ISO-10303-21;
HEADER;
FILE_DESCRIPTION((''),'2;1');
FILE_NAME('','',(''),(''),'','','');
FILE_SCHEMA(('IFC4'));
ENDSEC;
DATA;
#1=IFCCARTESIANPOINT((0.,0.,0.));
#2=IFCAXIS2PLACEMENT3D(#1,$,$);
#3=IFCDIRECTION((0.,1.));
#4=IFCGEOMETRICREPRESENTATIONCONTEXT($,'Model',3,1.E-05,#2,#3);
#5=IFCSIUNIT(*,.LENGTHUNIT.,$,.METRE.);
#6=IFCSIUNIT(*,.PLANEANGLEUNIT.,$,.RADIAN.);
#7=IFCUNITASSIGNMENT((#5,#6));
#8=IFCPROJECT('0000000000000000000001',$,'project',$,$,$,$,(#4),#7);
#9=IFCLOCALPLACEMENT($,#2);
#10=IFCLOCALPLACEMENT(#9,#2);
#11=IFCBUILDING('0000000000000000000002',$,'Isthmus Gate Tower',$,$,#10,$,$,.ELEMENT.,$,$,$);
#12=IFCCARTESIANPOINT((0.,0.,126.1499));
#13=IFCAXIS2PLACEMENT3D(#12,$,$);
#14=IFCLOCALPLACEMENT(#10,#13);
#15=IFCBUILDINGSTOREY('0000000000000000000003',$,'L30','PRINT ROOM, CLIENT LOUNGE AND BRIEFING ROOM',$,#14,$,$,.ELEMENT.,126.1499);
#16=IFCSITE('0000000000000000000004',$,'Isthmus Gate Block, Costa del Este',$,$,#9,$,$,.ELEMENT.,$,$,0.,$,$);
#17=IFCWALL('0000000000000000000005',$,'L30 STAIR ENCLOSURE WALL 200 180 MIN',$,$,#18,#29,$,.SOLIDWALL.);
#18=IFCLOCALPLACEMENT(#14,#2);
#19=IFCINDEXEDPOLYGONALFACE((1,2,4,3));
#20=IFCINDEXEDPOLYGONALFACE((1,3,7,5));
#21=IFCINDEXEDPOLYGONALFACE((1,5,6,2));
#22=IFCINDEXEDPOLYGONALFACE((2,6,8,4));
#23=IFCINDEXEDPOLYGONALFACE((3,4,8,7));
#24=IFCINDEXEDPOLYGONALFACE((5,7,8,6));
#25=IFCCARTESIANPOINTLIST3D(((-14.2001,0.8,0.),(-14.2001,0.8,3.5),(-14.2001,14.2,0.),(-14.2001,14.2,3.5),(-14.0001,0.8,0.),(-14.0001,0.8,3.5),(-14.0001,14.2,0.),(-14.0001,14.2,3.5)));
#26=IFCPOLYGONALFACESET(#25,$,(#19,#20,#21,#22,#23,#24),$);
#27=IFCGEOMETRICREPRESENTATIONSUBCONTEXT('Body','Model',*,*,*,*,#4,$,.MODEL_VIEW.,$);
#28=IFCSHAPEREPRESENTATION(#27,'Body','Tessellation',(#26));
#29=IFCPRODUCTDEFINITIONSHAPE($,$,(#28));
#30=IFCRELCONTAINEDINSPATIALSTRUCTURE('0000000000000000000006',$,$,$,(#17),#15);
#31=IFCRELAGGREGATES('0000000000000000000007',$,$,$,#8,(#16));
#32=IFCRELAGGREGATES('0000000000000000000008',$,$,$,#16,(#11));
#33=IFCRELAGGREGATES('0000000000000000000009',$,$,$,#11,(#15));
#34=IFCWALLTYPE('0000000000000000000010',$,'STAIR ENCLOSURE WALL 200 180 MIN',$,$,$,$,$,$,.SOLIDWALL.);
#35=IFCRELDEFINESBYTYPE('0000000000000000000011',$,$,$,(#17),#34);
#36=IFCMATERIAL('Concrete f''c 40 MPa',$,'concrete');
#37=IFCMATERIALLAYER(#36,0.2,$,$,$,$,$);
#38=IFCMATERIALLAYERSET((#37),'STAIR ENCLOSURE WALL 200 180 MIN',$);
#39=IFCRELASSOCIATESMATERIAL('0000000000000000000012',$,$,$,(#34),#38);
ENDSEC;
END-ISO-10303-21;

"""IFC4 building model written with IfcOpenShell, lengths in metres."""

from ifc_helpers import new_model, si_unit, direction, frame, frame_2d, origin, place, context, subcontext, project, spatial, rectangle, extrude, material, layer, layer_set, type_object, element, save


model = new_model("IFC4")

# Units and contexts
model_context = context("Model", 3, precision=1e-05, world=origin(), true_north=direction((0.0, 1.0)))
body_context = subcontext(model_context, "Body", "Model", "MODEL_VIEW")
ifc_project = project(units=[si_unit("LENGTHUNIT", "METRE"), si_unit("PLANEANGLEUNIT", "RADIAN")], contexts=[model_context])

# Site, building, storey
site_placement = place(None, origin())
site = spatial("IfcSite", under=ifc_project, at=site_placement, Name="Isthmus Gate Block, Costa del Este", CompositionType="ELEMENT", RefElevation=0.0)
building_placement = place(site_placement, origin())
building = spatial("IfcBuilding", under=site, at=building_placement, Name="Isthmus Gate Tower", CompositionType="ELEMENT")
storey_placement = place(building_placement, frame((0.0, 0.0, 126.1499)))
storey = spatial("IfcBuildingStorey", under=building, at=storey_placement, Name="L30", Description="PRINT ROOM, CLIENT LOUNGE AND BRIEFING ROOM", CompositionType="ELEMENT", Elevation=126.1499)

# Wall
ifc_material_1 = material(Name="Concrete f'c 40 MPa", Category="concrete")
ifc_layer_1 = layer(ifc_material_1, 0.2)
ifc_layer_set_1 = layer_set([ifc_layer_1], Name="STAIR ENCLOSURE WALL 200 180 MIN")
wall_type_1 = type_object("IfcWallType", Name="STAIR ENCLOSURE WALL 200 180 MIN", PredefinedType="SOLIDWALL", material=ifc_layer_set_1)
wall_1_placement = place(storey_placement, frame((-14.1001, 0.8, 0.0), z_axis=(0.0, 0.0, 1.0), x_axis=(0.0, 1.0, 0.0)))
element("IfcWall", 1, at=wall_1_placement, inside=storey, type_object=wall_type_1, Name="L30 STAIR ENCLOSURE WALL 200 180 MIN", PredefinedType="SOLIDWALL", context=body_context, shape_type="SweptSolid", body=[
    extrude(rectangle(XDim=13.3999, YDim=0.2, at=frame_2d((6.7, 0.0))), origin(), (0.0, 0.0, 1.0), 3.5),
])

save(model, "model.ifc")
